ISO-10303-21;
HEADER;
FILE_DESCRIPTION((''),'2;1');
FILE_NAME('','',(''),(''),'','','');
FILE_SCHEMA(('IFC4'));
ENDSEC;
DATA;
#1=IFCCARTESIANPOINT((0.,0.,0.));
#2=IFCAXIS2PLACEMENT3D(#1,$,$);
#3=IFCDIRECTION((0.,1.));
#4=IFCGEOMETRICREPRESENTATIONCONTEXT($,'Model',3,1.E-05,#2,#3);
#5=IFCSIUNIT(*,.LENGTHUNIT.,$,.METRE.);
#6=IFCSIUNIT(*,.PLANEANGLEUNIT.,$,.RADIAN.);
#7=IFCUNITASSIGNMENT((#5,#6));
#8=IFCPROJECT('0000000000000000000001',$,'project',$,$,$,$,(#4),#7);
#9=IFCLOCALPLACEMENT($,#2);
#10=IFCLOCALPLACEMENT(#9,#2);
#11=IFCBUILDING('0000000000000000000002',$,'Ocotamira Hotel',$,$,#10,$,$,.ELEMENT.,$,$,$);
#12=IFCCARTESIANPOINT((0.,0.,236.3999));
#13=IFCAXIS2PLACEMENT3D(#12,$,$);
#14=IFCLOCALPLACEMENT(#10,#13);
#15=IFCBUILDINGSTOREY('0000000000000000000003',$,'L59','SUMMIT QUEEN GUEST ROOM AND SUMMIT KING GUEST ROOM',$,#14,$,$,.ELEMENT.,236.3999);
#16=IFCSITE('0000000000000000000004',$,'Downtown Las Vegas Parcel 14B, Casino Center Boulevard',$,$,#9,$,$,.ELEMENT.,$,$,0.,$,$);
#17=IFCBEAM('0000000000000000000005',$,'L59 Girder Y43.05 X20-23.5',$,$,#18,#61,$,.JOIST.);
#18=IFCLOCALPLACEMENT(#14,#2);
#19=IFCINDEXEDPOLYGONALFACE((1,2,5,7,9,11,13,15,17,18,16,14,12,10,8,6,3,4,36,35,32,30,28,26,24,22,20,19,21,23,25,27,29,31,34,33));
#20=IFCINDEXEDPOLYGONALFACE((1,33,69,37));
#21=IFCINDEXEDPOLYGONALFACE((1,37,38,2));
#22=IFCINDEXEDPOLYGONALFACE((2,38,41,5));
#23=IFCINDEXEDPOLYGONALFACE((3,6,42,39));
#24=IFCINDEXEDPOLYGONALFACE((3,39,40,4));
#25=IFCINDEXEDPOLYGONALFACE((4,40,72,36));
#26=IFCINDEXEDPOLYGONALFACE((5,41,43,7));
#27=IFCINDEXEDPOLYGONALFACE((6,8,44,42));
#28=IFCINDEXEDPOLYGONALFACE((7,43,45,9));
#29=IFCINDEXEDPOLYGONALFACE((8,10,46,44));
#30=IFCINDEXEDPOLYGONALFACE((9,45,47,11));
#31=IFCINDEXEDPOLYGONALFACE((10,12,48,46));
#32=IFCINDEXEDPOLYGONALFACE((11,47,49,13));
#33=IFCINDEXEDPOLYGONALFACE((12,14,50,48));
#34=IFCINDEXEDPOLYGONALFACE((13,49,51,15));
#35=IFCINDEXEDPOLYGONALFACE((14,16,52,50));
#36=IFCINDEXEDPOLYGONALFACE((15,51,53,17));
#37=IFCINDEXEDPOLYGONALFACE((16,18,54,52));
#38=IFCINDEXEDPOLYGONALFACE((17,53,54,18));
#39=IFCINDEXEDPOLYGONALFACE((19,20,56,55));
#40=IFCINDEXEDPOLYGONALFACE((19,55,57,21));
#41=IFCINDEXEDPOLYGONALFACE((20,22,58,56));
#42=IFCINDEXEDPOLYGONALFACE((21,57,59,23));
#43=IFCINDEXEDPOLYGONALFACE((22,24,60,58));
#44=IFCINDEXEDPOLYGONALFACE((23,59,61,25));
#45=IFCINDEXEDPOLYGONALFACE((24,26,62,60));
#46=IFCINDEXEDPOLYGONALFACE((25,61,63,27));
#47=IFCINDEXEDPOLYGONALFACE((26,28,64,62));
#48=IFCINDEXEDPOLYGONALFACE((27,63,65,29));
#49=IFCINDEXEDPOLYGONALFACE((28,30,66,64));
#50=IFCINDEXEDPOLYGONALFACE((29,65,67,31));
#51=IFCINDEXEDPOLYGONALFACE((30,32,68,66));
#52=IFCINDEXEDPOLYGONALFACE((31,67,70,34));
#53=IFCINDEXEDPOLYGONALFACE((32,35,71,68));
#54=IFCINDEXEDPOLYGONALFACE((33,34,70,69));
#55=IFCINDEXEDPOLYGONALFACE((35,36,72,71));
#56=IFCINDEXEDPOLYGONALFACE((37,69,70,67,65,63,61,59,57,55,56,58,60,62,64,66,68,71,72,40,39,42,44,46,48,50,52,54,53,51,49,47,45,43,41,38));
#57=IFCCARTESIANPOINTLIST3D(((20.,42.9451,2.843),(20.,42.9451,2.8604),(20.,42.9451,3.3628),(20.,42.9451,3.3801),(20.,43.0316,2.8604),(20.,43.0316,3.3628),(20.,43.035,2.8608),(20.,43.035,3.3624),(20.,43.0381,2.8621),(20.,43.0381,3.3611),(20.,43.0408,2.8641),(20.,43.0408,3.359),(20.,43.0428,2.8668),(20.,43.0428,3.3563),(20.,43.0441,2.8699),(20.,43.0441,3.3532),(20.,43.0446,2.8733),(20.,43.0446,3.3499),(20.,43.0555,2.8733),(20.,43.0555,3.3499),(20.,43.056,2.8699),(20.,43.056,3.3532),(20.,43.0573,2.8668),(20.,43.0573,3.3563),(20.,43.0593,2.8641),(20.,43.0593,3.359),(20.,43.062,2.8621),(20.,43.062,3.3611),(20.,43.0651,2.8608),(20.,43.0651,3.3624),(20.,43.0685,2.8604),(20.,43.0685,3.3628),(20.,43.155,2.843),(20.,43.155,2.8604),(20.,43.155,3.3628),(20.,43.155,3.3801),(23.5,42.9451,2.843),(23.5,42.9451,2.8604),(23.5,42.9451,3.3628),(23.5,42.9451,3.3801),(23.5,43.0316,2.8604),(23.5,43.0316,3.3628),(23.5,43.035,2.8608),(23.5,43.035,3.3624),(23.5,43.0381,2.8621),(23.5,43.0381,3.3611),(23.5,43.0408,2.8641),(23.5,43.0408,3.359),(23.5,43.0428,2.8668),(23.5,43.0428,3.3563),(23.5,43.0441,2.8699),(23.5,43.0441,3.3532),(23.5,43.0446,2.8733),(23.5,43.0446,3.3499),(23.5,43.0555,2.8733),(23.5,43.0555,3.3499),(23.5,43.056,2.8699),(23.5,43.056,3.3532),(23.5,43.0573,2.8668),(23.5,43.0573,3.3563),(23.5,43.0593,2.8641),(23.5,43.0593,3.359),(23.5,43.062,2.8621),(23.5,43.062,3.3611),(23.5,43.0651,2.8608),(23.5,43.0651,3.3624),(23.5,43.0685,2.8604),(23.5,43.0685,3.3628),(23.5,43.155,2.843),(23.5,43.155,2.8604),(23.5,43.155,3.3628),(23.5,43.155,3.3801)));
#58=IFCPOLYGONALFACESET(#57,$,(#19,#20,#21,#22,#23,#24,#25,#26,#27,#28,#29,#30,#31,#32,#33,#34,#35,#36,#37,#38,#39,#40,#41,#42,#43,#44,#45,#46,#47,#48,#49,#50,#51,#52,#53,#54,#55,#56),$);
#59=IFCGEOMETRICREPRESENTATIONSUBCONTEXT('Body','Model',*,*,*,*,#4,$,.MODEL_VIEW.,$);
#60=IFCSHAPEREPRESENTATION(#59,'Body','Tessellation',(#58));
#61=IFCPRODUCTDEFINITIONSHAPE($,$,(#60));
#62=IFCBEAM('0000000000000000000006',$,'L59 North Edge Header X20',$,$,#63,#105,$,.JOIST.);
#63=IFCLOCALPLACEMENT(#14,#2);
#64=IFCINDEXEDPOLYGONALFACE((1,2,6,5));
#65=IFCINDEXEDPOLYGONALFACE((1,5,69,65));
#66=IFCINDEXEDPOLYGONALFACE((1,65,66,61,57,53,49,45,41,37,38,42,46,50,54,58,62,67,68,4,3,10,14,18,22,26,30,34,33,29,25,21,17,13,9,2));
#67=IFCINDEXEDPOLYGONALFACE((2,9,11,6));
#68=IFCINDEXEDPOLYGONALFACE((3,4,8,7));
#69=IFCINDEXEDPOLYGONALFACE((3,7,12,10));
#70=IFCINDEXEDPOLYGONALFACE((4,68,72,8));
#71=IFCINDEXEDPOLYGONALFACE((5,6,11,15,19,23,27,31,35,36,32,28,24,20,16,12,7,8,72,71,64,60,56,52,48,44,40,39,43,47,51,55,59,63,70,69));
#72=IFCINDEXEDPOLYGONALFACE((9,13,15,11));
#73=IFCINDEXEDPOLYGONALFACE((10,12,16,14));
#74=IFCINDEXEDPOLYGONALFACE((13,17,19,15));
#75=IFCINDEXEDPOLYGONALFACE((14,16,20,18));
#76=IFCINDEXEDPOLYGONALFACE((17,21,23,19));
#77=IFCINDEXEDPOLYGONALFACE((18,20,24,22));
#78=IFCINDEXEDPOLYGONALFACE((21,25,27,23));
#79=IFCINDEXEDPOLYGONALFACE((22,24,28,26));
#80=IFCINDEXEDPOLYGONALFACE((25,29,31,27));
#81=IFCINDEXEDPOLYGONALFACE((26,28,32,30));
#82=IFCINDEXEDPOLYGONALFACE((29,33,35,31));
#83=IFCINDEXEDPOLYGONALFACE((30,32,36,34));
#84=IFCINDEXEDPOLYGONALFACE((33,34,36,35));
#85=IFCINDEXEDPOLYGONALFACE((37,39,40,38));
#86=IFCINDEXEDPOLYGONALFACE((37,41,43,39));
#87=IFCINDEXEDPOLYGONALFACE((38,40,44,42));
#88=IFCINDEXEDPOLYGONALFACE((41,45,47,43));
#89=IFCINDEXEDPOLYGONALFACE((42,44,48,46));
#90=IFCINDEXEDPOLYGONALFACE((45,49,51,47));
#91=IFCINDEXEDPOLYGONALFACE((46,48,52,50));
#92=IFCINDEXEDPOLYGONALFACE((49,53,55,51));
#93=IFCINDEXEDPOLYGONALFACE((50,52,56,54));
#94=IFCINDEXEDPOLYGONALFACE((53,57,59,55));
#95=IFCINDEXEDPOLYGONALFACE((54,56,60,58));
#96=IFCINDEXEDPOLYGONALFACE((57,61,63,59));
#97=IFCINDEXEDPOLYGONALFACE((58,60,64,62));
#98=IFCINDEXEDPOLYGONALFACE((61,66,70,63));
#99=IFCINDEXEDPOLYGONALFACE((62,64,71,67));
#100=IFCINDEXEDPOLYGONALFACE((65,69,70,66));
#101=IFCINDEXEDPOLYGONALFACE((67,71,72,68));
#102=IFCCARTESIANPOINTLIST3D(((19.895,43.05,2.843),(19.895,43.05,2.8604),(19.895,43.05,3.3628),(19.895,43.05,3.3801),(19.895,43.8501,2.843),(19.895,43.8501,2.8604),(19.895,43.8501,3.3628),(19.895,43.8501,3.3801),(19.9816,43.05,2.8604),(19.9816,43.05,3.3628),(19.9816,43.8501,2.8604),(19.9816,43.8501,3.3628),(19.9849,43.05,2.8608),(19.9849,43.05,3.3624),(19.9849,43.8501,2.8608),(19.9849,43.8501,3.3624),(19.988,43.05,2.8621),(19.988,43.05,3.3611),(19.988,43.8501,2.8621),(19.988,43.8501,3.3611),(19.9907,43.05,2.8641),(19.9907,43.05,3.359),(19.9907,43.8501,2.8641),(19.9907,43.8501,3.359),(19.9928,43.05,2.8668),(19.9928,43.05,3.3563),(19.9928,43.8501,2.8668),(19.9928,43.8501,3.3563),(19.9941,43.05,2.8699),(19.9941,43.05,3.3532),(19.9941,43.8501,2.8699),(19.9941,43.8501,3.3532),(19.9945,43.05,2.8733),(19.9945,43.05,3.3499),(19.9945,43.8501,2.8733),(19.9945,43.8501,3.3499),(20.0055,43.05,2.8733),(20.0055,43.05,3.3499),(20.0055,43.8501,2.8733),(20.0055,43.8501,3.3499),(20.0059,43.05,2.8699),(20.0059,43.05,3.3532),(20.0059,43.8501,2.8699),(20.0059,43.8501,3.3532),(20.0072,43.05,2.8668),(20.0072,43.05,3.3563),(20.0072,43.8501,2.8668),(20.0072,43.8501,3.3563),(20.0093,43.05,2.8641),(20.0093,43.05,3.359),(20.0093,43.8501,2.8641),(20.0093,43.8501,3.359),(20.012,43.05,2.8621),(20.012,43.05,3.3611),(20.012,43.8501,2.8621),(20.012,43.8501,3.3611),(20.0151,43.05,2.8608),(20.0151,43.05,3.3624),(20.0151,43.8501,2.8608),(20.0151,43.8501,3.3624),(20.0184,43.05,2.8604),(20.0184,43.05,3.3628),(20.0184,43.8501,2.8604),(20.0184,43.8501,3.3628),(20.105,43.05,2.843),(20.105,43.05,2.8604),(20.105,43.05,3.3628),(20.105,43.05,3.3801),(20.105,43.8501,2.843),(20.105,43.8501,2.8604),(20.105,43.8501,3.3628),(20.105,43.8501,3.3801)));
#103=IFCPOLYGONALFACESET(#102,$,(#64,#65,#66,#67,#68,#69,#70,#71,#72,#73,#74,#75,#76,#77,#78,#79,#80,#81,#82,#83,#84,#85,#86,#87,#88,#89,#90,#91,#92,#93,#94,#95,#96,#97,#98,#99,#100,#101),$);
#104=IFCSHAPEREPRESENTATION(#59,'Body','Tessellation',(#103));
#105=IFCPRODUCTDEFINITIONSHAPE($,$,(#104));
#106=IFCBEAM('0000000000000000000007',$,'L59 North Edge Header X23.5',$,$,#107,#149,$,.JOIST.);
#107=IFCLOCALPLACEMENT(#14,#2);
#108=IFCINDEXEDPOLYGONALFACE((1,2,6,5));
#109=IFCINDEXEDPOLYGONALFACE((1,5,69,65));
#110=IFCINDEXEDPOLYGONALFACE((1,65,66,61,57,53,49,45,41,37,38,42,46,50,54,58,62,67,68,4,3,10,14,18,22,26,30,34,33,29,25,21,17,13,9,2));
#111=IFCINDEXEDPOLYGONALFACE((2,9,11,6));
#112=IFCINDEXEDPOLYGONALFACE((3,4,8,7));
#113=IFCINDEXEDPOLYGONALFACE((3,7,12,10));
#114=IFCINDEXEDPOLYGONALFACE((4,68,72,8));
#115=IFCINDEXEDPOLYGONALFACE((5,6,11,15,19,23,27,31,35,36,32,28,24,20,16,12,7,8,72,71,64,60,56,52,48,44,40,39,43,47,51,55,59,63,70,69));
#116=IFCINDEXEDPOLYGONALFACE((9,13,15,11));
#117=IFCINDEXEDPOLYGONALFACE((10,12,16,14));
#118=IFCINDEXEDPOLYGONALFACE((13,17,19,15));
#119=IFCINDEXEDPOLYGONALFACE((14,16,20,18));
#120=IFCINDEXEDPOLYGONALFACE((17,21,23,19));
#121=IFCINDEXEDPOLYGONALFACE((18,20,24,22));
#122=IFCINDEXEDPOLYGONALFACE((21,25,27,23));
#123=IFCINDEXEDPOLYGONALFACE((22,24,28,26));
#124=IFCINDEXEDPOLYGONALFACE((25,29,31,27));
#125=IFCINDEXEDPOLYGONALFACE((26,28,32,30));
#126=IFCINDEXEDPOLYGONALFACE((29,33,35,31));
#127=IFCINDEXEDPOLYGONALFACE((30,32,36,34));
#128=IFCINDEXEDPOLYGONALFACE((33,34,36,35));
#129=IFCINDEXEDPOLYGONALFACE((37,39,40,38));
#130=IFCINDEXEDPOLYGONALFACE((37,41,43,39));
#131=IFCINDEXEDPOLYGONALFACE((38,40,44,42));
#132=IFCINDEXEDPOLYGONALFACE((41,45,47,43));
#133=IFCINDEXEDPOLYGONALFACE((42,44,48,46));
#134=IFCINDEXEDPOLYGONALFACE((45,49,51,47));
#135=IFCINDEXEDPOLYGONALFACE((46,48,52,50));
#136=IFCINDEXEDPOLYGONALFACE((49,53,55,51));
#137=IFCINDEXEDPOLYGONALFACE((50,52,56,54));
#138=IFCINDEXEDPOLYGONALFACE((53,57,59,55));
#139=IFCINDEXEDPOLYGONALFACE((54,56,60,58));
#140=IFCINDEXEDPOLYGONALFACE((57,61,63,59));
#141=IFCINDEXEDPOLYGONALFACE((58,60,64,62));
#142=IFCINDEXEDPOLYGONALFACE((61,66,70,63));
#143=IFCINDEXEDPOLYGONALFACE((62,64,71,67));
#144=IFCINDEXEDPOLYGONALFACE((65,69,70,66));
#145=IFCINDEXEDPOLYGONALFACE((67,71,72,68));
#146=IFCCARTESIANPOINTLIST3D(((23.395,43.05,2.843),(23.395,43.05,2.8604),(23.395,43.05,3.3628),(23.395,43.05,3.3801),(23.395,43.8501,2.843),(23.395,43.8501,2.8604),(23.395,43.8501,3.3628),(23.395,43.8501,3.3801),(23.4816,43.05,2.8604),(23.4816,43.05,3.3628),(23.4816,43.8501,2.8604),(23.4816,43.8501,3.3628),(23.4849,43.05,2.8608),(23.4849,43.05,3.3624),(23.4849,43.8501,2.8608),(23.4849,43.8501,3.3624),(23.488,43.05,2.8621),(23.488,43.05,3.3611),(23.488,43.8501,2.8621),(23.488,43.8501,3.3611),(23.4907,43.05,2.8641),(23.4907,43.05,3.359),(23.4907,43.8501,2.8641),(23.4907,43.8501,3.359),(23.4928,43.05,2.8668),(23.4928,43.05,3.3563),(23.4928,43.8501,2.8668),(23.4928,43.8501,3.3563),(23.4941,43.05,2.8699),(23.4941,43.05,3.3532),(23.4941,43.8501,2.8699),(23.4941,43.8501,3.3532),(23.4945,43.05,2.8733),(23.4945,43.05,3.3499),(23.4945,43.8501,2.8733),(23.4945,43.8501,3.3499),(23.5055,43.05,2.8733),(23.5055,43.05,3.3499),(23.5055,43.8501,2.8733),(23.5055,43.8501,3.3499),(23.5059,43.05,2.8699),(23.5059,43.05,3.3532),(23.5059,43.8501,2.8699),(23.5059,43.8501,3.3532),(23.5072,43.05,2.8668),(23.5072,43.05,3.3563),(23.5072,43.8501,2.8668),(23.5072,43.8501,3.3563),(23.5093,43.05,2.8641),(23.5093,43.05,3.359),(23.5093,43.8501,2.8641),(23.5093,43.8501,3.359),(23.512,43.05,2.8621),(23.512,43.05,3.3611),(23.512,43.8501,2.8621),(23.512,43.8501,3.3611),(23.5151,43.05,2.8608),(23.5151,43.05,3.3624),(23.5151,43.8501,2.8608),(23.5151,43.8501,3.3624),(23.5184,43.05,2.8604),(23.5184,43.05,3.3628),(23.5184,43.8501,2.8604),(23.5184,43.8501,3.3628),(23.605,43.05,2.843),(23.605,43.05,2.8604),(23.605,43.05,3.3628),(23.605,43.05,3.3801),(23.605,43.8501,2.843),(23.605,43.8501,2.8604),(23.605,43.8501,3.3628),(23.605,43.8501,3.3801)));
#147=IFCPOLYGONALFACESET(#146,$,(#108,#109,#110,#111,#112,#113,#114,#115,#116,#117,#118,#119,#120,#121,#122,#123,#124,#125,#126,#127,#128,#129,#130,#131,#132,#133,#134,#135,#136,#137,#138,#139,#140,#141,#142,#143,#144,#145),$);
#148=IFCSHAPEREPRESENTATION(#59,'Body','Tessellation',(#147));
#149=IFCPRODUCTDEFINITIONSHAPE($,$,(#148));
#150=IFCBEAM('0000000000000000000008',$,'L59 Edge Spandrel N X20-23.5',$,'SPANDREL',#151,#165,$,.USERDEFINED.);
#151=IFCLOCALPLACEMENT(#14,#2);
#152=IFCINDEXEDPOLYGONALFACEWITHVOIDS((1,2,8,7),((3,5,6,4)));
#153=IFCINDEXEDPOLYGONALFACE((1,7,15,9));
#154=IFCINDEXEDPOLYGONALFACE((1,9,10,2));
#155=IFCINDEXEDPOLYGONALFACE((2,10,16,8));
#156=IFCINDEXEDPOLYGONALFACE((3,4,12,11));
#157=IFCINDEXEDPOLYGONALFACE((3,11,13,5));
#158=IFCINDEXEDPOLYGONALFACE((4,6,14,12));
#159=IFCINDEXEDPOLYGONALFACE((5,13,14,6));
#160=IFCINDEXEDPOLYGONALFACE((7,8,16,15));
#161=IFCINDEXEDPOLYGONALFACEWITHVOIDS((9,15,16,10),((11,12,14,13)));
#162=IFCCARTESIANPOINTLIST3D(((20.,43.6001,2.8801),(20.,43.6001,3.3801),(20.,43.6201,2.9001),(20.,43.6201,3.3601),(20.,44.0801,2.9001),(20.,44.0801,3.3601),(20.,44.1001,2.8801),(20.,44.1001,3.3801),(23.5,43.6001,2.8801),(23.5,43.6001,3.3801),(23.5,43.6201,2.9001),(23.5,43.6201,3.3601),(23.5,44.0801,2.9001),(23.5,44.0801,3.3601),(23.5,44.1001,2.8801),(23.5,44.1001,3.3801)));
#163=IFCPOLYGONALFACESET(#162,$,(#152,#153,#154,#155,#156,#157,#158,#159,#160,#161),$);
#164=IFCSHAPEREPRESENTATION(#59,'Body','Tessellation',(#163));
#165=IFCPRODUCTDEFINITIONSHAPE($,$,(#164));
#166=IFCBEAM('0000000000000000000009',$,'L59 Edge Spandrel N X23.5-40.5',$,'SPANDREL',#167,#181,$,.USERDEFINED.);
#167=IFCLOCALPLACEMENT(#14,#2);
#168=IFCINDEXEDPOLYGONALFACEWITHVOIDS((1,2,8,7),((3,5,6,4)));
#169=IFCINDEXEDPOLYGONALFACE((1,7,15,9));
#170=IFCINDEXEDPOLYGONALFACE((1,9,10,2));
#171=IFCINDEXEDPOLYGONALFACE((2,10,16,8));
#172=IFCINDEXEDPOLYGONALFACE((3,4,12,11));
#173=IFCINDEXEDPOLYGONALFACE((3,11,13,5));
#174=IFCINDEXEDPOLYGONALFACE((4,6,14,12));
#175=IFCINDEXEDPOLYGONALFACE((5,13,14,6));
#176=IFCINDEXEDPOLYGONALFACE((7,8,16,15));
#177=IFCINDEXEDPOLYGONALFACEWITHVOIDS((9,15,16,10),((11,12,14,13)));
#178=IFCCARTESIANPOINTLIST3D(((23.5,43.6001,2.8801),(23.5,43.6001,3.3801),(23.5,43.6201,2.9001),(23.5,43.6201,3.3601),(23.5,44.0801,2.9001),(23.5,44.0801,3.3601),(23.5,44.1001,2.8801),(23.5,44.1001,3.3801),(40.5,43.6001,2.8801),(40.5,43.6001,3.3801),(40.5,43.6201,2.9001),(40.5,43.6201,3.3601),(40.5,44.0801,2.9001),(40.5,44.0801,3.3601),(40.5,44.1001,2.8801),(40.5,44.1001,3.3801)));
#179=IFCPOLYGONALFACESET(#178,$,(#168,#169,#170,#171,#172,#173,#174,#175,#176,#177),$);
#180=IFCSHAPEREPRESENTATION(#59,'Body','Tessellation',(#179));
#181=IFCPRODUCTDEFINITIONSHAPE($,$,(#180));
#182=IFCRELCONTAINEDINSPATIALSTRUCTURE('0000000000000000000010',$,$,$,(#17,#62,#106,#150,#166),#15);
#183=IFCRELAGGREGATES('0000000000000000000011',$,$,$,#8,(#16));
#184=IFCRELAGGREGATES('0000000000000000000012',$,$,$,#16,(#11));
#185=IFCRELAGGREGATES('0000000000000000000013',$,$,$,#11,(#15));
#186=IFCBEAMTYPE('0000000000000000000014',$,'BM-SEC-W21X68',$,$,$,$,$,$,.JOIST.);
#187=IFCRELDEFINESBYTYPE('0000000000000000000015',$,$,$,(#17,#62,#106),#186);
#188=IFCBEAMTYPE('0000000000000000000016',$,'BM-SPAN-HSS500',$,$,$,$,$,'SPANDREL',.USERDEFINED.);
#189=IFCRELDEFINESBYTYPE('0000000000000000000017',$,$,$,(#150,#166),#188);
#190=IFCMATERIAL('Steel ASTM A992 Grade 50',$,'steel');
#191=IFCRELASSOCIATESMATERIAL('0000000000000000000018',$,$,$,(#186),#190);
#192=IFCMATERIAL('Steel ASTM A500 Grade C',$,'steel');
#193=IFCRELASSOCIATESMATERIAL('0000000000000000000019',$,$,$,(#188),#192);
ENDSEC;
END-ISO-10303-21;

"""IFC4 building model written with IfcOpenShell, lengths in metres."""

from ifc_helpers import new_model, si_unit, direction, frame, origin, origin_2d, place, context, subcontext, project, spatial, hollow_rectangle, i_section, extrude, source, transform, mapped, material, material_profile, profile_set, type_object, element, save


model = new_model("IFC4")

# Units and contexts
model_context = context("Model", 3, precision=1e-05, world=origin(), true_north=direction((0.0, 1.0)))
body_context = subcontext(model_context, "Body", "Model", "MODEL_VIEW")
ifc_project = project(units=[si_unit("LENGTHUNIT", "METRE"), si_unit("PLANEANGLEUNIT", "RADIAN")], contexts=[model_context])

# Site, building, storey
site_placement = place(None, origin())
site = spatial("IfcSite", under=ifc_project, at=site_placement, Name="Downtown Las Vegas Parcel 14B, Casino Center Boulevard", CompositionType="ELEMENT", RefElevation=0.0)
building_placement = place(site_placement, origin())
building = spatial("IfcBuilding", under=site, at=building_placement, Name="Ocotamira Hotel", CompositionType="ELEMENT")
storey_placement = place(building_placement, frame((0.0, 0.0, 236.3999)))
storey = spatial("IfcBuildingStorey", under=building, at=storey_placement, Name="L59", Description="SUMMIT QUEEN GUEST ROOM AND SUMMIT KING GUEST ROOM", CompositionType="ELEMENT", Elevation=236.3999)

# Shared definitions
ifc_material_1 = material(Name="Steel ASTM A992 Grade 50", Category="steel")

# Beams
ifc_material_profile_1 = material_profile(ifc_material_1, i_section(OverallWidth=0.21, OverallDepth=0.5371, WebThickness=0.011, FlangeThickness=0.0173, FilletRadius=0.0129, at=origin_2d()), Name="W21X68")
ifc_profile_set_1 = profile_set([ifc_material_profile_1], Name="Steel ASTM A992 Grade 50")
beam_type_1 = type_object("IfcBeamType", Name="BM-SEC-W21X68", PredefinedType="JOIST", material=ifc_profile_set_1)
shared_shape_1 = source(origin(), body_context, "Body", "SweptSolid", [
    extrude(i_section(OverallWidth=0.21, OverallDepth=0.5371, WebThickness=0.011, FlangeThickness=0.0173, FilletRadius=0.0129, at=origin_2d()), origin(), (0.0, 0.0, 1.0), 3.5),
])
beam_1_placement = place(storey_placement, frame((20.0, 43.05, 3.1116), z_axis=(1.0, 0.0, 0.0), x_axis=(0.0, 1.0, 0.0)))
element("IfcBeam", 1, at=beam_1_placement, inside=storey, type_object=beam_type_1, Name="L59 Girder Y43.05 X20-23.5", PredefinedType="JOIST", context=body_context, shape_type="MappedRepresentation", body=[
    mapped(shared_shape_1, transform((0.0, 0.0, 0.0), scale=1.0)),
])
shared_shape_2 = source(origin(), body_context, "Body", "SweptSolid", [
    extrude(i_section(OverallWidth=0.21, OverallDepth=0.5371, WebThickness=0.011, FlangeThickness=0.0173, FilletRadius=0.0129, at=origin_2d()), origin(), (0.0, 0.0, 1.0), 0.8),
])
for number, where, z_axis, x_axis, name in (
    (2, (20.0, 43.05, 3.1116), (0.0, 1.0, 0.0), (-1.0, 0.0, 0.0), "L59 North Edge Header X20"),
    (3, (23.5, 43.05, 3.1116), (0.0, 1.0, 0.0), (-1.0, 0.0, 0.0), "L59 North Edge Header X23.5"),
):
    element("IfcBeam", number, at=place(storey_placement, frame(where, z_axis=z_axis, x_axis=x_axis)), inside=storey, type_object=beam_type_1, Name=name, PredefinedType="JOIST", context=body_context, shape_type="MappedRepresentation", body=[
        mapped(shared_shape_2, transform((0.0, 0.0, 0.0), scale=1.0)),
    ])
ifc_material_2 = material(Name="Steel ASTM A500 Grade C", Category="steel")
ifc_material_profile_2 = material_profile(ifc_material_2, hollow_rectangle(XDim=0.5, YDim=0.5, WallThickness=0.02, at=origin_2d()), Name="HSS500X500X20")
ifc_profile_set_2 = profile_set([ifc_material_profile_2], Name="Steel ASTM A500 Grade C")
beam_type_2 = type_object("IfcBeamType", Name="BM-SPAN-HSS500", ElementType="SPANDREL", PredefinedType="USERDEFINED", material=ifc_profile_set_2)
shared_shape_3 = source(origin(), body_context, "Body", "SweptSolid", [
    extrude(hollow_rectangle(XDim=0.5, YDim=0.5, WallThickness=0.02, at=origin_2d()), origin(), (0.0, 0.0, 1.0), 3.5),
])
beam_2_placement = place(storey_placement, frame((20.0, 43.8501, 3.1301), z_axis=(1.0, 0.0, 0.0), x_axis=(0.0, 1.0, 0.0)))
element("IfcBeam", 4, at=beam_2_placement, inside=storey, type_object=beam_type_2, Name="L59 Edge Spandrel N X20-23.5", ObjectType="SPANDREL", PredefinedType="USERDEFINED", context=body_context, shape_type="MappedRepresentation", body=[
    mapped(shared_shape_3, transform((0.0, 0.0, 0.0), scale=1.0)),
])
shared_shape_4 = source(origin(), body_context, "Body", "SweptSolid", [
    extrude(hollow_rectangle(XDim=0.5, YDim=0.5, WallThickness=0.02, at=origin_2d()), origin(), (0.0, 0.0, 1.0), 17.0),
])
beam_3_placement = place(storey_placement, frame((23.5, 43.8501, 3.1301), z_axis=(1.0, 0.0, 0.0), x_axis=(0.0, 1.0, 0.0)))
element("IfcBeam", 5, at=beam_3_placement, inside=storey, type_object=beam_type_2, Name="L59 Edge Spandrel N X23.5-40.5", ObjectType="SPANDREL", PredefinedType="USERDEFINED", context=body_context, shape_type="MappedRepresentation", body=[
    mapped(shared_shape_4, transform((0.0, 0.0, 0.0), scale=1.0)),
])

save(model, "model.ifc")
